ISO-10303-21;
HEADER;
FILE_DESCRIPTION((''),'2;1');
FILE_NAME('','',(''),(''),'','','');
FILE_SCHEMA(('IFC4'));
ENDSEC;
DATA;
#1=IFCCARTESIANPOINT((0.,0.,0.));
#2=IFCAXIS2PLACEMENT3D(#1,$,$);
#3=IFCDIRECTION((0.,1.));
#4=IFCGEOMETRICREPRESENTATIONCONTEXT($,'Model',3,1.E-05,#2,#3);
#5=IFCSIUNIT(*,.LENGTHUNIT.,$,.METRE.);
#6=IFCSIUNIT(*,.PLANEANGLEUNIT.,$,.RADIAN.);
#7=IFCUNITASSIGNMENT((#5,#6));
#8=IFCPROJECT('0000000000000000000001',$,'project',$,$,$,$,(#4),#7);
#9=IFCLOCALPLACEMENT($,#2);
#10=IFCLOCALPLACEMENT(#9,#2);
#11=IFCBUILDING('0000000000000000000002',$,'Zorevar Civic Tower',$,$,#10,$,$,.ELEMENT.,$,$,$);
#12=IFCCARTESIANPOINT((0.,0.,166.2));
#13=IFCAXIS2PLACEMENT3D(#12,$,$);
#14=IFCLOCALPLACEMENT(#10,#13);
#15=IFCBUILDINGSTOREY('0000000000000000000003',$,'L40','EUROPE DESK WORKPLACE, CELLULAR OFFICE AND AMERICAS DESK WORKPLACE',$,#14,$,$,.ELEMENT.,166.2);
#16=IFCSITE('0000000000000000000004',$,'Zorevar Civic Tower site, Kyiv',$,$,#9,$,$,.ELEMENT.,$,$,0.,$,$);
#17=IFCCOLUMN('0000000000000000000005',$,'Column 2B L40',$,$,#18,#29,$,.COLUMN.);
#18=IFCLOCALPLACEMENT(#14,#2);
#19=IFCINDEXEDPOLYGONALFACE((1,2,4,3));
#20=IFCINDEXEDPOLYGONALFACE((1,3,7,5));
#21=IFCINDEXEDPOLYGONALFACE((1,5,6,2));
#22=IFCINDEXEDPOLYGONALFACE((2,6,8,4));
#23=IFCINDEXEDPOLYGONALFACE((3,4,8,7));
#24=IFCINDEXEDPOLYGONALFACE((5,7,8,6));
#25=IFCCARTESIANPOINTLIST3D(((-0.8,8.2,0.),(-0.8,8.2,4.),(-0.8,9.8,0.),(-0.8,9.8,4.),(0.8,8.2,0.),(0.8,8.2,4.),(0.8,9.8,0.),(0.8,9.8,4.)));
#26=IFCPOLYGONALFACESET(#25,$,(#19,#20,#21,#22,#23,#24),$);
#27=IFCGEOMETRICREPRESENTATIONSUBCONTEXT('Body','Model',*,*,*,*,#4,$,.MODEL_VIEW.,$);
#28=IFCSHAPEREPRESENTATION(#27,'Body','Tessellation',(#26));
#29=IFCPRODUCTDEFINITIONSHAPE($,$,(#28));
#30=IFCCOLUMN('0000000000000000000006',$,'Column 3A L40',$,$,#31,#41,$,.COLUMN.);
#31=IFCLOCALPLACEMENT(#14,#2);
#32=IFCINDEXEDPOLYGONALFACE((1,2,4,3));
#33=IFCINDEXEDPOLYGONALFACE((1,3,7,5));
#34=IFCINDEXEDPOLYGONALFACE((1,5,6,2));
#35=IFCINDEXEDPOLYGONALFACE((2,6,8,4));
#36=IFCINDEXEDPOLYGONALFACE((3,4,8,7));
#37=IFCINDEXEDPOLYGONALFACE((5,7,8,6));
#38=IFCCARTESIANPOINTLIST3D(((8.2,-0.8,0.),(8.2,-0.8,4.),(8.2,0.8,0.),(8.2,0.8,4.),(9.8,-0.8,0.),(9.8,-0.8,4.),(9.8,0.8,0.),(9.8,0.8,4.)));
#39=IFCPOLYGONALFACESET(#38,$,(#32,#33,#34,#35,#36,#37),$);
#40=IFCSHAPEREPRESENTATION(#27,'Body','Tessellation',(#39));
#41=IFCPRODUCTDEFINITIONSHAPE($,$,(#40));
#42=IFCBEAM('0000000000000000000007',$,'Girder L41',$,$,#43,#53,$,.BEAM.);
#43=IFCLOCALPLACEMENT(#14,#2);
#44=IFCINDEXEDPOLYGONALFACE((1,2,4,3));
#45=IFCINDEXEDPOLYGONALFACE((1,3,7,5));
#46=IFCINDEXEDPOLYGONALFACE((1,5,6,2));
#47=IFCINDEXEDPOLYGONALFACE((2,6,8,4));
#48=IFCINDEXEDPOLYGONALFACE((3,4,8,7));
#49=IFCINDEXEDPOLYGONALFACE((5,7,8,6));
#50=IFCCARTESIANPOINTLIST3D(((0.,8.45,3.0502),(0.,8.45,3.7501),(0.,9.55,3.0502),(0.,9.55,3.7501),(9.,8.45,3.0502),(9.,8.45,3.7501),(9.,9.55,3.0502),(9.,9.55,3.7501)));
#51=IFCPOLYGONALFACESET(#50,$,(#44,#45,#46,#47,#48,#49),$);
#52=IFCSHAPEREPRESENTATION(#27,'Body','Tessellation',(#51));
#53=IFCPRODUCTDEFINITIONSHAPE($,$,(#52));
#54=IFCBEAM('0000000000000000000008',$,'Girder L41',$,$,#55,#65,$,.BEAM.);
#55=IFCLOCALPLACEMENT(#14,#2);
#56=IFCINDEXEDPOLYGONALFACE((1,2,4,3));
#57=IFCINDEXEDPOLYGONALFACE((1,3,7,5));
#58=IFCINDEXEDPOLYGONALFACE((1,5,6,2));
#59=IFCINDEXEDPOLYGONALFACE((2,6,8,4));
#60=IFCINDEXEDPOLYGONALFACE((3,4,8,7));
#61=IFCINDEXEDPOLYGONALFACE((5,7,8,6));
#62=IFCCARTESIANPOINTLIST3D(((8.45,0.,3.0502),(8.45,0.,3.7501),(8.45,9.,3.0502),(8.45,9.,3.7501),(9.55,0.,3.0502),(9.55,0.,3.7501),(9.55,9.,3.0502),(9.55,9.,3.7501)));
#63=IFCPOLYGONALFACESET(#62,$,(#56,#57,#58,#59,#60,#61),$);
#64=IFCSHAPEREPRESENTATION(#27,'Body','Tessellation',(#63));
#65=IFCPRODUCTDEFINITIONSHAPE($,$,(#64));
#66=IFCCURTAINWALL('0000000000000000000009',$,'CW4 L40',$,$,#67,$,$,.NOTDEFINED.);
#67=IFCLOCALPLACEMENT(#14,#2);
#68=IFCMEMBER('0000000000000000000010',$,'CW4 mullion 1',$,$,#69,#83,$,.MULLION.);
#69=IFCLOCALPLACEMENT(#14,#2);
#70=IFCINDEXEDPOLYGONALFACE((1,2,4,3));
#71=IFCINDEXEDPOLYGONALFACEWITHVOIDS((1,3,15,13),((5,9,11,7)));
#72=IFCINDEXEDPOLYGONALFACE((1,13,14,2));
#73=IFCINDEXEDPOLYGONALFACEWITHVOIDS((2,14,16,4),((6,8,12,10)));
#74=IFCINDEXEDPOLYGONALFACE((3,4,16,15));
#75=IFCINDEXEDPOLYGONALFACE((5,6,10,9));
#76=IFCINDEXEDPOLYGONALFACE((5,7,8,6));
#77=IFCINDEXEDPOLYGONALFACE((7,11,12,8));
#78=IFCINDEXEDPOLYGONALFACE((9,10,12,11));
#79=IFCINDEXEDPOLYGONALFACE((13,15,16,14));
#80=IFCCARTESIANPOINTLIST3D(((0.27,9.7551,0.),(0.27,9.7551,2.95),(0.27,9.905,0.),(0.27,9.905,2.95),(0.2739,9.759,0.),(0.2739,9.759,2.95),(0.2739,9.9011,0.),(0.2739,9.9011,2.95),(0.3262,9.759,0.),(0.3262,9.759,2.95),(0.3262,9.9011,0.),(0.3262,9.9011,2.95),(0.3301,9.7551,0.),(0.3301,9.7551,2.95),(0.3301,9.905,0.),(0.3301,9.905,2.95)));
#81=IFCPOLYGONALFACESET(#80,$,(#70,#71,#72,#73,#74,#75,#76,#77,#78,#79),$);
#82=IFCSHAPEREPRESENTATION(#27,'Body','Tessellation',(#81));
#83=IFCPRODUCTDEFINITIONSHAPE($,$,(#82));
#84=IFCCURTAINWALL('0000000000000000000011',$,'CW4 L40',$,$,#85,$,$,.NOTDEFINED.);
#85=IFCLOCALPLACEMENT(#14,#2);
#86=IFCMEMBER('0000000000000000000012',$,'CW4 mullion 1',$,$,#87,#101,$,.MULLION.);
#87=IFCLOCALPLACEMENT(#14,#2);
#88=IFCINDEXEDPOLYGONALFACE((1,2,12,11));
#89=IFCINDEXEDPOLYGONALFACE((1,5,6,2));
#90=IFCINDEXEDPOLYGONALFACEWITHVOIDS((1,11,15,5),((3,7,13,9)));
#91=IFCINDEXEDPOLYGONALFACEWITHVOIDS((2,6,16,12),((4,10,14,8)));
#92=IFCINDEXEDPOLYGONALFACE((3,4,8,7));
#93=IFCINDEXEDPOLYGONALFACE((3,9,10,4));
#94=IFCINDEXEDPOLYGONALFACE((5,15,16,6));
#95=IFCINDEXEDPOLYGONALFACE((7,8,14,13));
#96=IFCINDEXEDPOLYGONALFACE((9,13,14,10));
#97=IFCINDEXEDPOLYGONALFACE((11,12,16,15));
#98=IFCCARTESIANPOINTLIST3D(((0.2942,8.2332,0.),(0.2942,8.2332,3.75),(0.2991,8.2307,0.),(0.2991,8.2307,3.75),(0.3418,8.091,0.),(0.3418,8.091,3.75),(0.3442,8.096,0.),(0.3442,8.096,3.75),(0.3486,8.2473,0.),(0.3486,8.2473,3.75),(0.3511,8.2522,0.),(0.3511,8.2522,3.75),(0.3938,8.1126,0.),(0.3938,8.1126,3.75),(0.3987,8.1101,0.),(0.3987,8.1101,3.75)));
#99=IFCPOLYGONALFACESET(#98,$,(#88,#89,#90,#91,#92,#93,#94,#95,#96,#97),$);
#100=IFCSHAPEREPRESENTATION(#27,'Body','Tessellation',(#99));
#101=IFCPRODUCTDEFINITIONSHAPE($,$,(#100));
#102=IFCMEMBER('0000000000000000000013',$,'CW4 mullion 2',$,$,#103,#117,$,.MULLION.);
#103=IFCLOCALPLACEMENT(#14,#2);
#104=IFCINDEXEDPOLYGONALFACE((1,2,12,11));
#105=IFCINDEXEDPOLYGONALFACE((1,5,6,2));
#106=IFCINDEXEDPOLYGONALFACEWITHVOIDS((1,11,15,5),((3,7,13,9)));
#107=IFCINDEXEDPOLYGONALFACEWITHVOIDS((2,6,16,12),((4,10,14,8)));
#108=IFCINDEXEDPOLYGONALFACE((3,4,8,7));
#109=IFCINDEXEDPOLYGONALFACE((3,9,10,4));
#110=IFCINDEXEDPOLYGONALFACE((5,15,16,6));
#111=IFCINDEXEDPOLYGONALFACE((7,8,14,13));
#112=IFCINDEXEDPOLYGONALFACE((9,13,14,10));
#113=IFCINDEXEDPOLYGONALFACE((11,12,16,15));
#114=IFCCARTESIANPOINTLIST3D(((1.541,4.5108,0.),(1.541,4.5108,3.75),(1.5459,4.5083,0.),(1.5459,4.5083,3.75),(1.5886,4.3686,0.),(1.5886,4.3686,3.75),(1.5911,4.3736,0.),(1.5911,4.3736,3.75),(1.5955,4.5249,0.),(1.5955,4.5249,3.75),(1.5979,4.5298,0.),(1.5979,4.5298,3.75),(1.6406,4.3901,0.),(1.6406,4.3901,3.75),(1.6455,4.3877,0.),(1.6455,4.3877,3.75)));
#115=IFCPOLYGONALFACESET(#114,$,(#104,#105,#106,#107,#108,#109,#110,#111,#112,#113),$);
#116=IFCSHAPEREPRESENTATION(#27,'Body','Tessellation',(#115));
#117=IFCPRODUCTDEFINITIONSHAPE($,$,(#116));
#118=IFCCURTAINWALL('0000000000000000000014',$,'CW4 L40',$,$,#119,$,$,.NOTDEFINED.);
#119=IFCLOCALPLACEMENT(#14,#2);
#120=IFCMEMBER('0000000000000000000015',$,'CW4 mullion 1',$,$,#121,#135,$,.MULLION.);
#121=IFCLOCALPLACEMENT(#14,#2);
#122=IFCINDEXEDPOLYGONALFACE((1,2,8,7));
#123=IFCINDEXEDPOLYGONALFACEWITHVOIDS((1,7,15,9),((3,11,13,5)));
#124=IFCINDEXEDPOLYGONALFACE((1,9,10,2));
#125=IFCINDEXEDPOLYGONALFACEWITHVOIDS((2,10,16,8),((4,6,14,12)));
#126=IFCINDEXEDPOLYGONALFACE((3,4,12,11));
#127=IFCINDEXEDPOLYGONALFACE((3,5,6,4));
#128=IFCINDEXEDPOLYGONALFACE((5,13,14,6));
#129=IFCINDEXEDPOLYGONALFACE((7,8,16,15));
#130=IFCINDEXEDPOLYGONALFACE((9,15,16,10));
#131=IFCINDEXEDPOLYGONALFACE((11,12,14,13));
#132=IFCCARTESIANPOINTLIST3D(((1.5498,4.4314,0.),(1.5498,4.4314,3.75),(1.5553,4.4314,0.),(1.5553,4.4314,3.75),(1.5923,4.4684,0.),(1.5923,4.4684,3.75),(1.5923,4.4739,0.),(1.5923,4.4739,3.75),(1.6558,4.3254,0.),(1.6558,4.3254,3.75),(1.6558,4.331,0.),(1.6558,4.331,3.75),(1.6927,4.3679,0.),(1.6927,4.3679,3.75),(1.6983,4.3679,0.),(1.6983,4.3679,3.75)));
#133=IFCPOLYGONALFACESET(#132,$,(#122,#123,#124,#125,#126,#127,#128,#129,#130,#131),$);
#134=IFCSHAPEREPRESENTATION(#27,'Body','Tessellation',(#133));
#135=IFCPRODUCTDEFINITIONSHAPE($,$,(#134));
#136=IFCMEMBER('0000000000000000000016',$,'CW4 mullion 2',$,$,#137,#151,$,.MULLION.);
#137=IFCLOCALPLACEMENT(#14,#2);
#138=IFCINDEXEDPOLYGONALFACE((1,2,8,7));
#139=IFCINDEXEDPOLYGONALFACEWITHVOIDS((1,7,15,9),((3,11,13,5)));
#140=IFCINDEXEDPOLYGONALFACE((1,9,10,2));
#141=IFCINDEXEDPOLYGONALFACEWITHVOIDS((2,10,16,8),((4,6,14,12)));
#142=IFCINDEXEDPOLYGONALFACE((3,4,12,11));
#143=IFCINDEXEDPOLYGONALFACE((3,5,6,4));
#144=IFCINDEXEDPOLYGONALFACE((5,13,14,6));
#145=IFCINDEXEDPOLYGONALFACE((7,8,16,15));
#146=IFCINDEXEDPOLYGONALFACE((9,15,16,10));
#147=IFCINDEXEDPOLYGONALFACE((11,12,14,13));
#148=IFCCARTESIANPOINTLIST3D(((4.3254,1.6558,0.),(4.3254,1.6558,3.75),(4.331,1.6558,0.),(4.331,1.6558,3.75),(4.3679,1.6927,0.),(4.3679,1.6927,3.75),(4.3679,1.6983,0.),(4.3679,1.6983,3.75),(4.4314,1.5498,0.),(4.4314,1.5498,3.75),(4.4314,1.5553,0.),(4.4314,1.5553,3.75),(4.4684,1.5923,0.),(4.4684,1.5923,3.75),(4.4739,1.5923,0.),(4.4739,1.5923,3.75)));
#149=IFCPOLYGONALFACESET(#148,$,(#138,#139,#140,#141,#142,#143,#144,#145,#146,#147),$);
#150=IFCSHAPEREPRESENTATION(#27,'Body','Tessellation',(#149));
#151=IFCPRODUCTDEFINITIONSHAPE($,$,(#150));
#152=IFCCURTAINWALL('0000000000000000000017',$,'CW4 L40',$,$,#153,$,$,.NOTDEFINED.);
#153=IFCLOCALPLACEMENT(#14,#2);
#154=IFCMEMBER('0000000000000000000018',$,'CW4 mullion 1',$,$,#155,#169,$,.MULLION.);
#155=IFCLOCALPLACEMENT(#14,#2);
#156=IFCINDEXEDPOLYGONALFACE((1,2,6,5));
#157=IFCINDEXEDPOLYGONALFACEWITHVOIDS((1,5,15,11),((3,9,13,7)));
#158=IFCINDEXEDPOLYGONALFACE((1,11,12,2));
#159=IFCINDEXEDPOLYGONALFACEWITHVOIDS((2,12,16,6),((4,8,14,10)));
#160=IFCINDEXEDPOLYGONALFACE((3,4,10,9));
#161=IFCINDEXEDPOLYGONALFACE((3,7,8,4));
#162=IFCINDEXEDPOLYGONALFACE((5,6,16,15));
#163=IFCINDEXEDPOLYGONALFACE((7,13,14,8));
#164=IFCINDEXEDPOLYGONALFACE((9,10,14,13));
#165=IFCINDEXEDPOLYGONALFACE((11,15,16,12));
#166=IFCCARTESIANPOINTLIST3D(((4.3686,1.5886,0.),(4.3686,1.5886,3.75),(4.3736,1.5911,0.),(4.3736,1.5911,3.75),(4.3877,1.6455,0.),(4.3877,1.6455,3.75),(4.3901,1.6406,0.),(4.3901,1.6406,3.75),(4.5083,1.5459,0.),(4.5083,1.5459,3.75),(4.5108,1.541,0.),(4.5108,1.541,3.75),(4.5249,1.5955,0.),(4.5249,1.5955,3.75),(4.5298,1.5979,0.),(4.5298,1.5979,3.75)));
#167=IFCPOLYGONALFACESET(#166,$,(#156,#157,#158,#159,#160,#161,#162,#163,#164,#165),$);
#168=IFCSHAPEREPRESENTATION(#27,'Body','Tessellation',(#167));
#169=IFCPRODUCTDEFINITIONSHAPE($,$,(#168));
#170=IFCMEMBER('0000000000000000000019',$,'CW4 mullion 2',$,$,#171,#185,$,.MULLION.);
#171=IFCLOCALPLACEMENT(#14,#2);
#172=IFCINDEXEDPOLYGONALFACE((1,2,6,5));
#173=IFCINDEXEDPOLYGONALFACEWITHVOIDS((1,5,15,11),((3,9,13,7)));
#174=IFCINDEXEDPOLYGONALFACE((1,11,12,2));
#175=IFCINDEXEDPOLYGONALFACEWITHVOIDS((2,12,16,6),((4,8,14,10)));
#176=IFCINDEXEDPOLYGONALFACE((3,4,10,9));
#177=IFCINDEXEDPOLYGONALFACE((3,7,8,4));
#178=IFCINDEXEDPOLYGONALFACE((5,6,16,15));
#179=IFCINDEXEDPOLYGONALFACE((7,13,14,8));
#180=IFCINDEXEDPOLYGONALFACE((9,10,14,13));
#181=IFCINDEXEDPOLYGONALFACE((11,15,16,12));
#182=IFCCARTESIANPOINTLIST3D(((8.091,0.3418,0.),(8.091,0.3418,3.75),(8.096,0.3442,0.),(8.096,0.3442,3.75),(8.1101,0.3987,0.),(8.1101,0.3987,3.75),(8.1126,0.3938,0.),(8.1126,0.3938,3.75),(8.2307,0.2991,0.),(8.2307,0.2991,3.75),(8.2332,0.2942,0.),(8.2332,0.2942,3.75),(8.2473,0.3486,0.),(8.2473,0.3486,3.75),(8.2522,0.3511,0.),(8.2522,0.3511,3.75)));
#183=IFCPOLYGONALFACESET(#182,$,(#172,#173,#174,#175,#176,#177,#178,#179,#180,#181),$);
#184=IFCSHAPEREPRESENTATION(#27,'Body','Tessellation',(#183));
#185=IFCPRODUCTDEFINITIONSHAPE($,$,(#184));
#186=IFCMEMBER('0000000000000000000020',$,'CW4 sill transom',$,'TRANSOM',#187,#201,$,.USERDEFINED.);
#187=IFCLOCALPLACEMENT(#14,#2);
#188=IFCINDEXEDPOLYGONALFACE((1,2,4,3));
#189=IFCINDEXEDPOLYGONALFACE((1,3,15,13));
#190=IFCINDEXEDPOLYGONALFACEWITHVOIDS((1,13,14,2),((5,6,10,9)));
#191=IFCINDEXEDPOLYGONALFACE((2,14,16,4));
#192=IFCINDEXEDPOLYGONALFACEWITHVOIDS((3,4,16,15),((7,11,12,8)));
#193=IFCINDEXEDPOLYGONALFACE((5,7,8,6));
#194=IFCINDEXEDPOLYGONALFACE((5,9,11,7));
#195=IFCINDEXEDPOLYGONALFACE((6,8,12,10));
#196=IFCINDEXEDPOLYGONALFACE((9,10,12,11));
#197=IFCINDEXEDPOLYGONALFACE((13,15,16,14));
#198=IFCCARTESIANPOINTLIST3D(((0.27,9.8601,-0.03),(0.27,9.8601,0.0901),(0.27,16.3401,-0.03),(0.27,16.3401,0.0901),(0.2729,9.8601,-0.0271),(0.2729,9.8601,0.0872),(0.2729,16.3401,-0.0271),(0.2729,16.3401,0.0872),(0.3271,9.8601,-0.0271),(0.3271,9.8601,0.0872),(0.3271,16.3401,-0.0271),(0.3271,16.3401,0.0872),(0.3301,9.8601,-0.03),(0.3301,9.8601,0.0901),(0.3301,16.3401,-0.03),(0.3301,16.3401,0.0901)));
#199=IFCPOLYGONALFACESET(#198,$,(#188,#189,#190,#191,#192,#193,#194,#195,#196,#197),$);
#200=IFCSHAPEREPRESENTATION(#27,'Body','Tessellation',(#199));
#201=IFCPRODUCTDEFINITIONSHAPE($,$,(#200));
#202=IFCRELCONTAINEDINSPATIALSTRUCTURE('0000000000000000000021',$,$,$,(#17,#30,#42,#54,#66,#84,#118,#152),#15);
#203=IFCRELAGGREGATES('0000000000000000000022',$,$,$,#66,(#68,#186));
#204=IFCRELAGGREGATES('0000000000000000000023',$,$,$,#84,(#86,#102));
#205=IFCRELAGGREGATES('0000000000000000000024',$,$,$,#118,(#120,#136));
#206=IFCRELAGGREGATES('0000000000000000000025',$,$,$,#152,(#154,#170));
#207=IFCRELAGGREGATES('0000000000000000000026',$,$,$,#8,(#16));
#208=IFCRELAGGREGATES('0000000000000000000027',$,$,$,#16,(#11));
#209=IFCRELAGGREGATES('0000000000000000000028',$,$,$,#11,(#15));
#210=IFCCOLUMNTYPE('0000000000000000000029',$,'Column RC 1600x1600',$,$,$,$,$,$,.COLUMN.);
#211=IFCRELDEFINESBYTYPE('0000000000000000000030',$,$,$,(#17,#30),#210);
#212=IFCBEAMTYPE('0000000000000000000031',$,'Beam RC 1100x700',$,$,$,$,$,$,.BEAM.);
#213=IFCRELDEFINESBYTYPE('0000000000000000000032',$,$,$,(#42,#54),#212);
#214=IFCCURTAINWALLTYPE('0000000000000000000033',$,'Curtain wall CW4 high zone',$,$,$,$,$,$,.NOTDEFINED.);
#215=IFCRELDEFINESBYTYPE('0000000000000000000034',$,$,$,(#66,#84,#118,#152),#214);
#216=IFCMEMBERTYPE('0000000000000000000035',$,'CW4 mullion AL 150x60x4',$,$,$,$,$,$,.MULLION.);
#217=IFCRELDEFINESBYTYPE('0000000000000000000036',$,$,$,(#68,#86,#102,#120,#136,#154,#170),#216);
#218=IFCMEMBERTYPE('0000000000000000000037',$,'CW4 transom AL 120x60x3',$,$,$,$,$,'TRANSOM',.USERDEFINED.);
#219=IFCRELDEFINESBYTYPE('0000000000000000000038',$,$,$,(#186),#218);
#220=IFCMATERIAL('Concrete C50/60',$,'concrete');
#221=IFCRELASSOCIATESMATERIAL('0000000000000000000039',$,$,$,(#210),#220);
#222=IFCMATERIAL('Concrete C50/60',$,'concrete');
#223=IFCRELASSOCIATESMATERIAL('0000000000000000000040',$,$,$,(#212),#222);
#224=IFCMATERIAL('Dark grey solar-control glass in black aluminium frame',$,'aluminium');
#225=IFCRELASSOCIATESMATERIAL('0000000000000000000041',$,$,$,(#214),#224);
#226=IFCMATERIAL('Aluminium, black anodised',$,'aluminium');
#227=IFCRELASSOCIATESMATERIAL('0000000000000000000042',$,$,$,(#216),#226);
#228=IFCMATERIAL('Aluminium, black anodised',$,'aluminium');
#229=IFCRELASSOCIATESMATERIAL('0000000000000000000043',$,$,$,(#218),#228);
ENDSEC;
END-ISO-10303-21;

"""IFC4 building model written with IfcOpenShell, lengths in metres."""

from ifc_helpers import new_model, si_unit, direction, frame, origin, origin_2d, place, context, subcontext, project, spatial, rectangle, hollow_rectangle, extrude, material, material_profile, profile_set, type_object, element, aggregate, save


model = new_model("IFC4")

# Units and contexts
model_context = context("Model", 3, precision=1e-05, world=origin(), true_north=direction((0.0, 1.0)))
body_context = subcontext(model_context, "Body", "Model", "MODEL_VIEW")
ifc_project = project(units=[si_unit("LENGTHUNIT", "METRE"), si_unit("PLANEANGLEUNIT", "RADIAN")], contexts=[model_context])

# Site, building, storey
site_placement = place(None, origin())
site = spatial("IfcSite", under=ifc_project, at=site_placement, Name="Zorevar Civic Tower site, Kyiv", CompositionType="ELEMENT", RefElevation=0.0)
building_placement = place(site_placement, origin())
building = spatial("IfcBuilding", under=site, at=building_placement, Name="Zorevar Civic Tower", CompositionType="ELEMENT")
storey_placement = place(building_placement, frame((0.0, 0.0, 166.2)))
storey = spatial("IfcBuildingStorey", under=building, at=storey_placement, Name="L40", Description="EUROPE DESK WORKPLACE, CELLULAR OFFICE AND AMERICAS DESK WORKPLACE", CompositionType="ELEMENT", Elevation=166.2)

# Columns
ifc_material_1 = material(Name="Concrete C50/60", Category="concrete")
ifc_material_profile_1 = material_profile(ifc_material_1, rectangle(XDim=1.6001, YDim=1.6001, at=origin_2d()), Name="RC 1600x1600")
ifc_profile_set_1 = profile_set([ifc_material_profile_1], Name="Concrete C50/60")
column_type = type_object("IfcColumnType", Name="Column RC 1600x1600", PredefinedType="COLUMN", material=ifc_profile_set_1)
for number, where, z_axis, x_axis, name in (
    (1, (0.0, 9.0, 0.0), (0.0, 0.0, 1.0), (1.0, 0.0, 0.0), "Column 2B L40"),
    (2, (9.0, 0.0, 0.0), (0.0, 0.0, 1.0), (1.0, 0.0, 0.0), "Column 3A L40"),
):
    element("IfcColumn", number, at=place(storey_placement, frame(where, z_axis=z_axis, x_axis=x_axis)), inside=storey, type_object=column_type, Name=name, PredefinedType="COLUMN", context=body_context, shape_type="SweptSolid", body=[
        extrude(rectangle(XDim=1.6001, YDim=1.6001, at=origin_2d()), origin(), (0.0, 0.0, 1.0), 4.0),
    ])

# Beams
ifc_material_2 = material(Name="Concrete C50/60", Category="concrete")
ifc_material_profile_2 = material_profile(ifc_material_2, rectangle(XDim=1.1001, YDim=0.7, at=origin_2d()), Name="RC 1100x700")
ifc_profile_set_2 = profile_set([ifc_material_profile_2], Name="Concrete C50/60")
beam_type_1 = type_object("IfcBeamType", Name="Beam RC 1100x700", PredefinedType="BEAM", material=ifc_profile_set_2)
for number, where, z_axis, x_axis, name in (
    (3, (0.0, 9.0, 3.4001), (1.0, 0.0, 0.0), (0.0, 1.0, 0.0), "Girder L41"),
    (4, (9.0, 0.0, 3.4001), (0.0, 1.0, 0.0), (-1.0, 0.0, 0.0), "Girder L41"),
):
    element("IfcBeam", number, at=place(storey_placement, frame(where, z_axis=z_axis, x_axis=x_axis)), inside=storey, type_object=beam_type_1, Name=name, PredefinedType="BEAM", context=body_context, shape_type="SweptSolid", body=[
        extrude(rectangle(XDim=1.1001, YDim=0.7, at=origin_2d()), origin(), (0.0, 0.0, 1.0), 9.0),
    ])

# Curtain wall, member
ifc_material_3 = material(Name="Dark grey solar-control glass in black aluminium frame", Category="aluminium")
curtain_wall_type = type_object("IfcCurtainWallType", Name="Curtain wall CW4 high zone", PredefinedType="NOTDEFINED", material=ifc_material_3)
curtain_wall_1_placement = place(storey_placement, origin())
curtain_wall_1 = element("IfcCurtainWall", 5, at=curtain_wall_1_placement, inside=storey, type_object=curtain_wall_type, Name="CW4 L40", PredefinedType="NOTDEFINED")
ifc_material_4 = material(Name="Aluminium, black anodised", Category="aluminium")
ifc_material_profile_3 = material_profile(ifc_material_4, hollow_rectangle(XDim=0.0601, YDim=0.1499, WallThickness=0.0039, at=origin_2d()), Name="AL 150x60x4")
ifc_profile_set_3 = profile_set([ifc_material_profile_3], Name="Aluminium, black anodised")
member_type_1 = type_object("IfcMemberType", Name="CW4 mullion AL 150x60x4", PredefinedType="MULLION", material=ifc_profile_set_3)
member_1_placement = place(storey_placement, frame((0.3, 9.8301, 0.0), z_axis=(0.0, 0.0, 1.0), x_axis=(-1.0, 0.0, 0.0)))
member_1 = element("IfcMember", 6, at=member_1_placement, type_object=member_type_1, Name="CW4 mullion 1", PredefinedType="MULLION", context=body_context, shape_type="SweptSolid", body=[
    extrude(hollow_rectangle(XDim=0.0601, YDim=0.1499, WallThickness=0.0039, at=origin_2d()), origin(), (0.0, 0.0, 1.0), 2.95),
])

# Curtain walls, members
curtain_wall_2_placement = place(storey_placement, origin())
curtain_wall_2 = element("IfcCurtainWall", 7, at=curtain_wall_2_placement, inside=storey, type_object=curtain_wall_type, Name="CW4 L40", PredefinedType="NOTDEFINED")
member_2_placement = place(storey_placement, frame((0.3464, 8.1716, 0.0), z_axis=(0.0, 0.0, 1.0), x_axis=(0.948227, 0.317593, 0.0)))
member_2 = element("IfcMember", 8, at=member_2_placement, type_object=member_type_1, Name="CW4 mullion 1", PredefinedType="MULLION", context=body_context, shape_type="SweptSolid", body=[
    extrude(hollow_rectangle(XDim=0.0601, YDim=0.1499, WallThickness=0.0039, at=origin_2d()), origin(), (0.0, 0.0, 1.0), 3.75),
])
member_3_placement = place(storey_placement, frame((1.5933, 4.4492, 0.0), z_axis=(0.0, 0.0, 1.0), x_axis=(0.948227, 0.317593, 0.0)))
member_3 = element("IfcMember", 9, at=member_3_placement, type_object=member_type_1, Name="CW4 mullion 2", PredefinedType="MULLION", context=body_context, shape_type="SweptSolid", body=[
    extrude(hollow_rectangle(XDim=0.0601, YDim=0.1499, WallThickness=0.0039, at=origin_2d()), origin(), (0.0, 0.0, 1.0), 3.75),
])
curtain_wall_3_placement = place(storey_placement, origin())
curtain_wall_3 = element("IfcCurtainWall", 10, at=curtain_wall_3_placement, inside=storey, type_object=curtain_wall_type, Name="CW4 L40", PredefinedType="NOTDEFINED")
member_4_placement = place(storey_placement, frame((1.624, 4.3997, 0.0), z_axis=(0.0, 0.0, 1.0), x_axis=(0.707107, 0.707107, 0.0)))
member_4 = element("IfcMember", 11, at=member_4_placement, type_object=member_type_1, Name="CW4 mullion 1", PredefinedType="MULLION", context=body_context, shape_type="SweptSolid", body=[
    extrude(hollow_rectangle(XDim=0.0601, YDim=0.1499, WallThickness=0.0039, at=origin_2d()), origin(), (0.0, 0.0, 1.0), 3.75),
])
member_5_placement = place(storey_placement, frame((4.3997, 1.624, 0.0), z_axis=(0.0, 0.0, 1.0), x_axis=(0.707107, 0.707107, 0.0)))
member_5 = element("IfcMember", 12, at=member_5_placement, type_object=member_type_1, Name="CW4 mullion 2", PredefinedType="MULLION", context=body_context, shape_type="SweptSolid", body=[
    extrude(hollow_rectangle(XDim=0.0601, YDim=0.1499, WallThickness=0.0039, at=origin_2d()), origin(), (0.0, 0.0, 1.0), 3.75),
])
curtain_wall_4_placement = place(storey_placement, origin())
curtain_wall_4 = element("IfcCurtainWall", 13, at=curtain_wall_4_placement, inside=storey, type_object=curtain_wall_type, Name="CW4 L40", PredefinedType="NOTDEFINED")
member_6_placement = place(storey_placement, frame((4.4492, 1.5933, 0.0), z_axis=(0.0, 0.0, 1.0), x_axis=(0.317593, 0.948227, 0.0)))
member_6 = element("IfcMember", 14, at=member_6_placement, type_object=member_type_1, Name="CW4 mullion 1", PredefinedType="MULLION", context=body_context, shape_type="SweptSolid", body=[
    extrude(hollow_rectangle(XDim=0.0601, YDim=0.1499, WallThickness=0.0039, at=origin_2d()), origin(), (0.0, 0.0, 1.0), 3.75),
])
member_7_placement = place(storey_placement, frame((8.1716, 0.3464, 0.0), z_axis=(0.0, 0.0, 1.0), x_axis=(0.317593, 0.948227, 0.0)))
member_7 = element("IfcMember", 15, at=member_7_placement, type_object=member_type_1, Name="CW4 mullion 2", PredefinedType="MULLION", context=body_context, shape_type="SweptSolid", body=[
    extrude(hollow_rectangle(XDim=0.0601, YDim=0.1499, WallThickness=0.0039, at=origin_2d()), origin(), (0.0, 0.0, 1.0), 3.75),
])

# Member
ifc_material_5 = material(Name="Aluminium, black anodised", Category="aluminium")
ifc_material_profile_4 = material_profile(ifc_material_5, hollow_rectangle(XDim=0.0601, YDim=0.1201, WallThickness=0.0029, at=origin_2d()), Name="AL 120x60x3")
ifc_profile_set_4 = profile_set([ifc_material_profile_4], Name="Aluminium, black anodised")
member_type_2 = type_object("IfcMemberType", Name="CW4 transom AL 120x60x3", ElementType="TRANSOM", PredefinedType="USERDEFINED", material=ifc_profile_set_4)
member_8_placement = place(storey_placement, frame((0.3, 9.8601, 0.03), z_axis=(0.0, 1.0, 0.0), x_axis=(-1.0, 0.0, 0.0)))
member_8 = element("IfcMember", 16, at=member_8_placement, type_object=member_type_2, Name="CW4 sill transom", ObjectType="TRANSOM", PredefinedType="USERDEFINED", context=body_context, shape_type="SweptSolid", body=[
    extrude(hollow_rectangle(XDim=0.0601, YDim=0.1201, WallThickness=0.0029, at=origin_2d()), origin(), (0.0, 0.0, 1.0), 6.48),
])
aggregate(curtain_wall_1, [member_1, member_8])

aggregate(curtain_wall_2, [member_2, member_3])
aggregate(curtain_wall_3, [member_4, member_5])
aggregate(curtain_wall_4, [member_6, member_7])

save(model, "model.ifc")
